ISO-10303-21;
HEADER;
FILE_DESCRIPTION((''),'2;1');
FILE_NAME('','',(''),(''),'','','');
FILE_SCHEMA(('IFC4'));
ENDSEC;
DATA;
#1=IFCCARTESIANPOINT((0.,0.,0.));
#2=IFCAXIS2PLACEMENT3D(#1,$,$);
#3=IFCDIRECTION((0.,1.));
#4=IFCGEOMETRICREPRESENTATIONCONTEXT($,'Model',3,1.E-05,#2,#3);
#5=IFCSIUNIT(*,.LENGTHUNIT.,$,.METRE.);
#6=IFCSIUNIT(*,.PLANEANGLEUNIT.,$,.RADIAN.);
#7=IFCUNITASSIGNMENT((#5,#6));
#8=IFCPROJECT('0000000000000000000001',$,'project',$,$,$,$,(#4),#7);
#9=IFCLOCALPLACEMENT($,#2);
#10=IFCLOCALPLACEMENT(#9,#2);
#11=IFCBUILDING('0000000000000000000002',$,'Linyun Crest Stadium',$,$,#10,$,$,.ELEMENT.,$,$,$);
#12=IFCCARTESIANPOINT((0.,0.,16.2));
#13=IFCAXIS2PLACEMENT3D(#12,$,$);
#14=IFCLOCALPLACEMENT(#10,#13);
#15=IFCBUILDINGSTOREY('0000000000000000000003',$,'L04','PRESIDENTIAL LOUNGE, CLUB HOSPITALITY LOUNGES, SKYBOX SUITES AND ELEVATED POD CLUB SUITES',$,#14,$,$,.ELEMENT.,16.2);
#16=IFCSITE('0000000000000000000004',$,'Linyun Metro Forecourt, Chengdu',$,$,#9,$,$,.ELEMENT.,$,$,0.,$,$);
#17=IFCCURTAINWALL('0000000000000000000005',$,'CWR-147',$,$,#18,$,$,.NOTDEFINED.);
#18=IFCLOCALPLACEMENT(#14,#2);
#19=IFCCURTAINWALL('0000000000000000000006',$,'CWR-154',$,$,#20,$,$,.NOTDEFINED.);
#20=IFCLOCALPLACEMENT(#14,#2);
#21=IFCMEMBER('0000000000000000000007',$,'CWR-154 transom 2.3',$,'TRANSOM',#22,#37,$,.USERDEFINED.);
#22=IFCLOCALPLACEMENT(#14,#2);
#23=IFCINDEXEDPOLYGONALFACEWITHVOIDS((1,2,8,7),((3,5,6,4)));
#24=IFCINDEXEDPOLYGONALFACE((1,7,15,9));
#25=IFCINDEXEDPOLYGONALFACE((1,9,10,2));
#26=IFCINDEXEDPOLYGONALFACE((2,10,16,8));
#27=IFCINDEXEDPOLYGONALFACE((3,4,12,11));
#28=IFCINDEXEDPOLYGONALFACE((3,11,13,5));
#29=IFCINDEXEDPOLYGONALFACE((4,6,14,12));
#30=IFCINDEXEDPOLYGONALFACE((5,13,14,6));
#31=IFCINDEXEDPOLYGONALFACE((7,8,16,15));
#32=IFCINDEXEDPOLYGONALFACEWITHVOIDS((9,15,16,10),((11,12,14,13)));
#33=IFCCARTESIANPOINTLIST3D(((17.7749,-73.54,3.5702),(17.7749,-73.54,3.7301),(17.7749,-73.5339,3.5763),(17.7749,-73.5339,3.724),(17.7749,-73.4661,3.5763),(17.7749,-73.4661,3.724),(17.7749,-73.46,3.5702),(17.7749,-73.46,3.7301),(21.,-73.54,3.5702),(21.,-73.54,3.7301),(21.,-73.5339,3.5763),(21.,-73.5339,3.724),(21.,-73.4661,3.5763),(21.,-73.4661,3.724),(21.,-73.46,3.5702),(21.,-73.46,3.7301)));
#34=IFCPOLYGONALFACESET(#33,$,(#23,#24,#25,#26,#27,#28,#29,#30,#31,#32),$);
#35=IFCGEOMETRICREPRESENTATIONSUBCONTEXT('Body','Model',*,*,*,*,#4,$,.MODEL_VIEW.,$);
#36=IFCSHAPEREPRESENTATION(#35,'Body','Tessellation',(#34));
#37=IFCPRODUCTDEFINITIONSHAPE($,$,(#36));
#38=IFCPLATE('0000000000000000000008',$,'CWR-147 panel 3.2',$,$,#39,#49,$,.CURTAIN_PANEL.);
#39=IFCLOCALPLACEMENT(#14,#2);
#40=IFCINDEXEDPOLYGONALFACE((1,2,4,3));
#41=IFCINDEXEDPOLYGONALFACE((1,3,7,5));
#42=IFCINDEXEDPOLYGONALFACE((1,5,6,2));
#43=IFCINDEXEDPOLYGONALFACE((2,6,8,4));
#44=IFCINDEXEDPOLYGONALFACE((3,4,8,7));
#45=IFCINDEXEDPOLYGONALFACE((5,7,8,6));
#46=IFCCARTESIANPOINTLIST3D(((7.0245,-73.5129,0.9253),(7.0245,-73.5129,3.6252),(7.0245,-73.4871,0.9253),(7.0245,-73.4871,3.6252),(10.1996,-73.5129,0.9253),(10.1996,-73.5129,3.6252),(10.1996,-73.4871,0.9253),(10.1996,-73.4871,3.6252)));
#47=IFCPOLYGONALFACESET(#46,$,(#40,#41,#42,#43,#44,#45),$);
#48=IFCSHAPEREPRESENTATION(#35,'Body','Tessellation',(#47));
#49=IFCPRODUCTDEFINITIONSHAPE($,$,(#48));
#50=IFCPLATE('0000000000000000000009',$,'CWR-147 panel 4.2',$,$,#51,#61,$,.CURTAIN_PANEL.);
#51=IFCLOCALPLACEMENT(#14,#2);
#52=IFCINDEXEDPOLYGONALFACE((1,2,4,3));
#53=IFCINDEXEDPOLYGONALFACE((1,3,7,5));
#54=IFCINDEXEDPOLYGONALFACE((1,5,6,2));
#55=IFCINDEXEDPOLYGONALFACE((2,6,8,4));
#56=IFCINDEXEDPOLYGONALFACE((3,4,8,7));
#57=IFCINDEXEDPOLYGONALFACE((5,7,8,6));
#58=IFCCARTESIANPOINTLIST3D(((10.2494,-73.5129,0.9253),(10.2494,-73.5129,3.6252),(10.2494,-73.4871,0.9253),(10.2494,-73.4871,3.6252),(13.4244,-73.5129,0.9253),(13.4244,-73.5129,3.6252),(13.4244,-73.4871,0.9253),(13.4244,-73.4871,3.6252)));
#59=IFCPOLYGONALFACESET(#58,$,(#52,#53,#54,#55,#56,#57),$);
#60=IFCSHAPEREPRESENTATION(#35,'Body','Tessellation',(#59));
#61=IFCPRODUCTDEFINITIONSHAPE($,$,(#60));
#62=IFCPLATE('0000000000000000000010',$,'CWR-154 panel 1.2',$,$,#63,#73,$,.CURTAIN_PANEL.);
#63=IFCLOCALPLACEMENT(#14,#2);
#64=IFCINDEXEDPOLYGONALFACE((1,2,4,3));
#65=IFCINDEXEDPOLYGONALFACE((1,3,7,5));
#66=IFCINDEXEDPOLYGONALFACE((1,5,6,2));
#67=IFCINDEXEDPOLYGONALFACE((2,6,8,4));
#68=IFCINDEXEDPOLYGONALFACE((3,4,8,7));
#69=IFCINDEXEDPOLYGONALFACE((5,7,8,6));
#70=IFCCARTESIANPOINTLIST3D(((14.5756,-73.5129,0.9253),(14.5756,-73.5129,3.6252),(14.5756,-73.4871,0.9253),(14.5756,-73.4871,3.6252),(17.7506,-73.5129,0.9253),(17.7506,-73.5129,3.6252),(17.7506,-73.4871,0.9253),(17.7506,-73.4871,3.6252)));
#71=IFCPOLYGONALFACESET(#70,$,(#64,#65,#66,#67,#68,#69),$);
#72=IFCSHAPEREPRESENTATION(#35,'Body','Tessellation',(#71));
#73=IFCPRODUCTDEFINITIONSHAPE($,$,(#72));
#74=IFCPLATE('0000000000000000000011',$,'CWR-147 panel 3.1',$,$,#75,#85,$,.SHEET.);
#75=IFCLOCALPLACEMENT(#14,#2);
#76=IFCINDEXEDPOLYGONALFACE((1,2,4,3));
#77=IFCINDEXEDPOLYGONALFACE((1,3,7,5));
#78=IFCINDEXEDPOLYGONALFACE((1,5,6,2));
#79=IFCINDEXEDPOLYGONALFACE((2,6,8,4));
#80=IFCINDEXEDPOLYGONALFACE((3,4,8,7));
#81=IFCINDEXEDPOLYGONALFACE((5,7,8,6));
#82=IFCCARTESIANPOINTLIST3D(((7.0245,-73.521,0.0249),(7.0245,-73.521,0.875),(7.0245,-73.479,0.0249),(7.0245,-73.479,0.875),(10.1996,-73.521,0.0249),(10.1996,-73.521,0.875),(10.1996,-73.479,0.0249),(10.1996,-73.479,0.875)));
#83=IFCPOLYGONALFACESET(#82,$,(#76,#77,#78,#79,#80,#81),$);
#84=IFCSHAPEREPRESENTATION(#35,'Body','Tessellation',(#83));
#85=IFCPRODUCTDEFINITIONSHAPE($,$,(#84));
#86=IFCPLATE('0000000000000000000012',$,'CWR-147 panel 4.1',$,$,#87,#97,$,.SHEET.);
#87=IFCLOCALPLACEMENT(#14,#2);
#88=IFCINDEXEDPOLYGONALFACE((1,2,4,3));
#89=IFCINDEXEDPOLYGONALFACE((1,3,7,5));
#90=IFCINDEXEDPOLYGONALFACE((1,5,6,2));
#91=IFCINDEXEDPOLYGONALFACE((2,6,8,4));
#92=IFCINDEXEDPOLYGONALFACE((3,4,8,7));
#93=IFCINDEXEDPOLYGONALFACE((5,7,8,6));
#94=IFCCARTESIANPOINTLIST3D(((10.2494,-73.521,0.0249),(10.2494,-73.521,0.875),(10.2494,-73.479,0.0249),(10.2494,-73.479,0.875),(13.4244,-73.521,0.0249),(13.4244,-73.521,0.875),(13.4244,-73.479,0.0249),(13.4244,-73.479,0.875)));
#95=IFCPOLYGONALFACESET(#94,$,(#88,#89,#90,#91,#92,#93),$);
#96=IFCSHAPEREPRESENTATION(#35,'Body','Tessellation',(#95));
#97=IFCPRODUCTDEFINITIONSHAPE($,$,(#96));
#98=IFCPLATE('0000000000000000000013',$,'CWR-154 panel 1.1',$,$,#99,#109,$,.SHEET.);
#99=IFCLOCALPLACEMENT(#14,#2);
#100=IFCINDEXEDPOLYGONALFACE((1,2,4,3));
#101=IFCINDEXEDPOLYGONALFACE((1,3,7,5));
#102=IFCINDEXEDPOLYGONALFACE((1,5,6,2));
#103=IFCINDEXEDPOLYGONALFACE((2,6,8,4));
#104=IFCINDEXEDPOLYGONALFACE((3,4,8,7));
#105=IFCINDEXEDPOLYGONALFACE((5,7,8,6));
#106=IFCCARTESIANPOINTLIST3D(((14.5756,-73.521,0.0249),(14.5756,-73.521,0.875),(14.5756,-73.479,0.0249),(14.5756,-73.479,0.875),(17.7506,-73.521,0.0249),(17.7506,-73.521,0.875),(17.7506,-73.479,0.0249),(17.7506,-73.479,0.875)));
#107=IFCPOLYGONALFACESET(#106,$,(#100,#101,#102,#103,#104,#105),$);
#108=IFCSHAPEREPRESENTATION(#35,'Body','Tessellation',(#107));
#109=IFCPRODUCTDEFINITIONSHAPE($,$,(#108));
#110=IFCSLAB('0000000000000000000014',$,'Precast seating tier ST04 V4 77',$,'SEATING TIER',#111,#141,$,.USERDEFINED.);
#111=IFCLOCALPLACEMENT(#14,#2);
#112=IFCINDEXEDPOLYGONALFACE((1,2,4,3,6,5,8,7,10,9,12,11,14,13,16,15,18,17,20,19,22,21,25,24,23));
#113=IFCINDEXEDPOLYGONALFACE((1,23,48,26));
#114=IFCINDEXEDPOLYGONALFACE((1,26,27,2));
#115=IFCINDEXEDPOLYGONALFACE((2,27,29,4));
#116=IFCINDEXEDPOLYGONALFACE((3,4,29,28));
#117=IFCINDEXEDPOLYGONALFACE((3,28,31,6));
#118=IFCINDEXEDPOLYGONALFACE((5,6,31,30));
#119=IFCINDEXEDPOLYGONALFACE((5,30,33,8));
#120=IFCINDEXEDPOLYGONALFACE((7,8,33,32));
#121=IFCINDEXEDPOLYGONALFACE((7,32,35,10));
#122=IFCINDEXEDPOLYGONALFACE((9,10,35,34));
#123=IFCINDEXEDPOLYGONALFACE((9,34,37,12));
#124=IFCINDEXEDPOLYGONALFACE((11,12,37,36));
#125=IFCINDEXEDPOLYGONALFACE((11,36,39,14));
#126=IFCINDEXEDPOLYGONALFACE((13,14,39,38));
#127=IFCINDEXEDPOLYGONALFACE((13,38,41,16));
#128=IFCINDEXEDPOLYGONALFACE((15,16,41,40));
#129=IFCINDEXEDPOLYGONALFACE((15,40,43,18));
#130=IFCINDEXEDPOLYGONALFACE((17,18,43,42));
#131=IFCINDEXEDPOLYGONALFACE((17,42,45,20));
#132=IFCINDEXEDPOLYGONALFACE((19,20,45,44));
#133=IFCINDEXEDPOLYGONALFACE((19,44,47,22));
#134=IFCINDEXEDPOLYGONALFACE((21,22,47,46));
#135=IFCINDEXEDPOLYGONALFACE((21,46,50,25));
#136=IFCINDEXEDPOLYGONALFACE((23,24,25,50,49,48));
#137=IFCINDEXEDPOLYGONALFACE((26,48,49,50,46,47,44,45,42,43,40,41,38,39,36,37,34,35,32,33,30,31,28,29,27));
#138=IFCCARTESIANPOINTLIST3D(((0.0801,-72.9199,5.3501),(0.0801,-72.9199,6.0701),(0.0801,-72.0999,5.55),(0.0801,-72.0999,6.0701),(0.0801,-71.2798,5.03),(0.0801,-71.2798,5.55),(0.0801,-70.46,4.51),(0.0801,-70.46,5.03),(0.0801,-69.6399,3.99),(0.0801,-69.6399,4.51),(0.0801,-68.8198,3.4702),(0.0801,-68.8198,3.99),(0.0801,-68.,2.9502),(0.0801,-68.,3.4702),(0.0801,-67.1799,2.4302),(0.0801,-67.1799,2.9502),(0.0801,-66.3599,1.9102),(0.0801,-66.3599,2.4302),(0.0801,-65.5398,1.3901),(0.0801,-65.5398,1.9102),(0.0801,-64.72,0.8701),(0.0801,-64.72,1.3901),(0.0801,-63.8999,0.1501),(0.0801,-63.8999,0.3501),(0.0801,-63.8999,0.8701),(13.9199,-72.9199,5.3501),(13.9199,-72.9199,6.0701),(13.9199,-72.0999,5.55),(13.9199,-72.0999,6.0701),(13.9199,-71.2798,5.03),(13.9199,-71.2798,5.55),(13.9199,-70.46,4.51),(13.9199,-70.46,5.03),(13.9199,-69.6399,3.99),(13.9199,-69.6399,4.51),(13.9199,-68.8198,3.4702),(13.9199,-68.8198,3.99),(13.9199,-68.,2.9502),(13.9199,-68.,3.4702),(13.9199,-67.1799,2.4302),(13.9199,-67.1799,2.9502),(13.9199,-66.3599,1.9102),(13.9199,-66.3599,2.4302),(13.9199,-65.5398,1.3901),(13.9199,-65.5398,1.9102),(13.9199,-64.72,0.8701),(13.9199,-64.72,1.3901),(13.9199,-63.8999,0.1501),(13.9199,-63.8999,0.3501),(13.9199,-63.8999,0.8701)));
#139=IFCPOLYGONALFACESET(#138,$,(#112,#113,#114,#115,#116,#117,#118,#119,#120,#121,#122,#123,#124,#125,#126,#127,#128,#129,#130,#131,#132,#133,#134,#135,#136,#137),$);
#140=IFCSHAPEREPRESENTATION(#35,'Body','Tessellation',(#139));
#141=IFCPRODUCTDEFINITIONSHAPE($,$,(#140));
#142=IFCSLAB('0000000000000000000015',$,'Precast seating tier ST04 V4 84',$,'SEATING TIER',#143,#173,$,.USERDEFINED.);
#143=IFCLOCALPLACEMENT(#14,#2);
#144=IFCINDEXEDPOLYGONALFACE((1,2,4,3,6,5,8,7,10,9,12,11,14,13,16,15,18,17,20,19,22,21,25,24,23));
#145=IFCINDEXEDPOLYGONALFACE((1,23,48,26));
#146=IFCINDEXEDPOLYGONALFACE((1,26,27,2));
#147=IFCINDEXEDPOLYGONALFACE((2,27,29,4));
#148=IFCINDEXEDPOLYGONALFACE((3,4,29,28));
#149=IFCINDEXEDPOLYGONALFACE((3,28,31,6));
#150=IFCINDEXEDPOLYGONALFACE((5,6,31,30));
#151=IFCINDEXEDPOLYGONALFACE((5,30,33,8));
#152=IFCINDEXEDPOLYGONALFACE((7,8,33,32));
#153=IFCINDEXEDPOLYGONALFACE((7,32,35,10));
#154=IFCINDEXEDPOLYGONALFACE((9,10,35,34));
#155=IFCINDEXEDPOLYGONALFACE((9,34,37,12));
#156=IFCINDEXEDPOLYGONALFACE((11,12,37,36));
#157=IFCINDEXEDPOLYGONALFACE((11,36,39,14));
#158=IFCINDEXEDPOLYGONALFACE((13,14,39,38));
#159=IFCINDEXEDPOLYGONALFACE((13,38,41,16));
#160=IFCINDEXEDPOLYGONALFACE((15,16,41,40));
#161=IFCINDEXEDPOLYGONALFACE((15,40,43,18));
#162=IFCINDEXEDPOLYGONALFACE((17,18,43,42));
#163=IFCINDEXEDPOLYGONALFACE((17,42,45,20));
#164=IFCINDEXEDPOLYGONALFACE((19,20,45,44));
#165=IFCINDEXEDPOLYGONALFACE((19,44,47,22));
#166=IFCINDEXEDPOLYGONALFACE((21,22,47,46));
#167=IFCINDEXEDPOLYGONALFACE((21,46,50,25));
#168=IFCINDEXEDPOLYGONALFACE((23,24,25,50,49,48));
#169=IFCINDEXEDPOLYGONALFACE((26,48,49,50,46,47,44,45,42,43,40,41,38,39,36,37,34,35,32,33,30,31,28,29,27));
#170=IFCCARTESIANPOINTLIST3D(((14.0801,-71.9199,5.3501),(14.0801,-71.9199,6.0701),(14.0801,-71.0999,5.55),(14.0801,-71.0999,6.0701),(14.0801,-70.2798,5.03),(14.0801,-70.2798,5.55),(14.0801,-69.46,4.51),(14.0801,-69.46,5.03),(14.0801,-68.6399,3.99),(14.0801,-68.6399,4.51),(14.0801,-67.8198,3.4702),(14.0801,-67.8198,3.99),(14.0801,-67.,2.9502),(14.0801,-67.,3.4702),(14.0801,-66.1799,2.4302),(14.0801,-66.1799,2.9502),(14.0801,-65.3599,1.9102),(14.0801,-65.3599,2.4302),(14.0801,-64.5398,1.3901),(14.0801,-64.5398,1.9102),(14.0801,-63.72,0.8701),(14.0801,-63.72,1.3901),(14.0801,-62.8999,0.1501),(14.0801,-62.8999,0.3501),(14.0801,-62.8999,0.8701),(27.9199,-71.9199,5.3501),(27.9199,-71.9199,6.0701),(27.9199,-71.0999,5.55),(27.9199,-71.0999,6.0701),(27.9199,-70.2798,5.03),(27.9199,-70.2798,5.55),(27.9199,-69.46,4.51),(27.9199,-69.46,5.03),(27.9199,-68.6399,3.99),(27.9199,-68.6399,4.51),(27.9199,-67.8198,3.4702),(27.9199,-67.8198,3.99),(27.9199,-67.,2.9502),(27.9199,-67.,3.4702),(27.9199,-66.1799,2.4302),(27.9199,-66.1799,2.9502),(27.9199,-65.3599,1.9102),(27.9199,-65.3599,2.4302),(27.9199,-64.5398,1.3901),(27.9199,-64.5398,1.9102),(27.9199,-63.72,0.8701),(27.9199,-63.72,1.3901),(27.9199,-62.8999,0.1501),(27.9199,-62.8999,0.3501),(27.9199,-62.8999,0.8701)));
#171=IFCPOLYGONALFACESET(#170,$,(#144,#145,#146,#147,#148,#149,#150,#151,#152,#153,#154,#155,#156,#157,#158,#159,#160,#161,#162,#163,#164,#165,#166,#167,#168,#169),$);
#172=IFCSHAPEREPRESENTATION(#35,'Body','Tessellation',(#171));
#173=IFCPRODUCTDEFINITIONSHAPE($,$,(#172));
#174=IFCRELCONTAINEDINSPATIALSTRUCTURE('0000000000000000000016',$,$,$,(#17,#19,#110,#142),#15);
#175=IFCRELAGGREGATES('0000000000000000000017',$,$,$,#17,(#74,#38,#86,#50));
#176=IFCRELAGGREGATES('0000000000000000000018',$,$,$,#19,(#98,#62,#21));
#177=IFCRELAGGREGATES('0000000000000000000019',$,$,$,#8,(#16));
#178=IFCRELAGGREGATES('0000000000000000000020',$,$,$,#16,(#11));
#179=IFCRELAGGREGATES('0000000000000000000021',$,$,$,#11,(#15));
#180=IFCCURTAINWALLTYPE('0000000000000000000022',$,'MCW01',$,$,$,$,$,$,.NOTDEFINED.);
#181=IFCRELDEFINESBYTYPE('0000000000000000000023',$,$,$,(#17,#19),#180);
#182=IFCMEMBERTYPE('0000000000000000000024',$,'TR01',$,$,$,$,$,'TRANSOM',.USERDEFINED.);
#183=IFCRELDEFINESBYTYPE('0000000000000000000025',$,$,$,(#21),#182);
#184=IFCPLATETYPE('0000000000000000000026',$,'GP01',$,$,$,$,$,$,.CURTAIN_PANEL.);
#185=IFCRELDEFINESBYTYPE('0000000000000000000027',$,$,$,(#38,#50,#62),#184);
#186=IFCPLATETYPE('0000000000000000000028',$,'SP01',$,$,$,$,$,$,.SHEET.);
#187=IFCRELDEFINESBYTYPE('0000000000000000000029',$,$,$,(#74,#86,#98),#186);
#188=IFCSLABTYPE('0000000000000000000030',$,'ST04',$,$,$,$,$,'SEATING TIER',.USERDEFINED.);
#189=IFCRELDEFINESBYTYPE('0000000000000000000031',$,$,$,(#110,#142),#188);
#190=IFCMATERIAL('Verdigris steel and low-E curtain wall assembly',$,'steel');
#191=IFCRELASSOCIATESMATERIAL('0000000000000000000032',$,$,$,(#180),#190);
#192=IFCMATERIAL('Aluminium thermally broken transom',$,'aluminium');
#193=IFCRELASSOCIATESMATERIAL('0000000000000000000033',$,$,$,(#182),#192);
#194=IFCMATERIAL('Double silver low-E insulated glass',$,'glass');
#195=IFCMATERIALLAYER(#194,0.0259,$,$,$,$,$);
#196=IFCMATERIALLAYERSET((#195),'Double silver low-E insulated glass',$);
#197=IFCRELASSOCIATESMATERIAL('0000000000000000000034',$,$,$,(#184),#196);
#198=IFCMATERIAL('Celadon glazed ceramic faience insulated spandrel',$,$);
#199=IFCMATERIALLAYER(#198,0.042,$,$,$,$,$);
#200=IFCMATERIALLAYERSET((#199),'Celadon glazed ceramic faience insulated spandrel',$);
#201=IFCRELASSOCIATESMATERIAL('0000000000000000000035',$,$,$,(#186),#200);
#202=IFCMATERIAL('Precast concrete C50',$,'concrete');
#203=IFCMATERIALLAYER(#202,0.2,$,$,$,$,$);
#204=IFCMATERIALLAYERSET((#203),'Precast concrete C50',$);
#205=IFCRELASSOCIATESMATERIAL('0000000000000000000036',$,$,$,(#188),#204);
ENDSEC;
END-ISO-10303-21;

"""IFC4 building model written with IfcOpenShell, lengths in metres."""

from ifc_helpers import new_model, si_unit, direction, frame, origin, origin_2d, place, context, subcontext, project, spatial, polyline, rectangle, hollow_rectangle, outline, extrude, material, layer, layer_set, material_profile, profile_set, type_object, element, aggregate, save


model = new_model("IFC4")

# Units and contexts
model_context = context("Model", 3, precision=1e-05, world=origin(), true_north=direction((0.0, 1.0)))
body_context = subcontext(model_context, "Body", "Model", "MODEL_VIEW")
ifc_project = project(units=[si_unit("LENGTHUNIT", "METRE"), si_unit("PLANEANGLEUNIT", "RADIAN")], contexts=[model_context])

# Site, building, storey
site_placement = place(None, origin())
site = spatial("IfcSite", under=ifc_project, at=site_placement, Name="Linyun Metro Forecourt, Chengdu", CompositionType="ELEMENT", RefElevation=0.0)
building_placement = place(site_placement, origin())
building = spatial("IfcBuilding", under=site, at=building_placement, Name="Linyun Crest Stadium", CompositionType="ELEMENT")
storey_placement = place(building_placement, frame((0.0, 0.0, 16.2)))
storey = spatial("IfcBuildingStorey", under=building, at=storey_placement, Name="L04", Description="PRESIDENTIAL LOUNGE, CLUB HOSPITALITY LOUNGES, SKYBOX SUITES AND ELEVATED POD CLUB SUITES", CompositionType="ELEMENT", Elevation=16.2)

# Curtain walls
ifc_material_1 = material(Name="Verdigris steel and low-E curtain wall assembly", Category="steel")
curtain_wall_type = type_object("IfcCurtainWallType", Name="MCW01", PredefinedType="NOTDEFINED", material=ifc_material_1)
curtain_wall_1_placement = place(storey_placement, origin())
curtain_wall_1 = element("IfcCurtainWall", 1, at=curtain_wall_1_placement, inside=storey, type_object=curtain_wall_type, Name="CWR-147", PredefinedType="NOTDEFINED")
curtain_wall_2_placement = place(storey_placement, origin())
curtain_wall_2 = element("IfcCurtainWall", 2, at=curtain_wall_2_placement, inside=storey, type_object=curtain_wall_type, Name="CWR-154", PredefinedType="NOTDEFINED")

# Member
ifc_material_2 = material(Name="Aluminium thermally broken transom", Category="aluminium")
ifc_material_profile_1 = material_profile(ifc_material_2, hollow_rectangle(XDim=0.0801, YDim=0.1599, WallThickness=0.0061, at=origin_2d()), Name="RHS 160x80x6")
ifc_profile_set_1 = profile_set([ifc_material_profile_1], Name="Aluminium thermally broken transom")
member_type_1 = type_object("IfcMemberType", Name="TR01", ElementType="TRANSOM", PredefinedType="USERDEFINED", material=ifc_profile_set_1)
member_1_placement = place(storey_placement, frame((17.7749, -73.5, 3.6501), z_axis=(1.0, 0.0, 0.0), x_axis=(0.0, 1.0, 0.0)))
member_1 = element("IfcMember", 3, at=member_1_placement, type_object=member_type_1, Name="CWR-154 transom 2.3", ObjectType="TRANSOM", PredefinedType="USERDEFINED", context=body_context, shape_type="SweptSolid", body=[
    extrude(hollow_rectangle(XDim=0.0801, YDim=0.1599, WallThickness=0.0061, at=origin_2d()), origin(), (0.0, 0.0, 1.0), 3.2251),
])

# Plates
ifc_material_3 = material(Name="Double silver low-E insulated glass", Category="glass")
ifc_layer_1 = layer(ifc_material_3, 0.0259)
ifc_layer_set_1 = layer_set([ifc_layer_1], Name="Double silver low-E insulated glass")
plate_type_1 = type_object("IfcPlateType", Name="GP01", PredefinedType="CURTAIN_PANEL", material=ifc_layer_set_1)
plate_1_placement = place(storey_placement, frame((8.6121, -73.5, 0.9253), z_axis=(0.0, 0.0, 1.0), x_axis=(1.0, 0.0, 0.0)))
plate_1 = element("IfcPlate", 4, at=plate_1_placement, type_object=plate_type_1, Name="CWR-147 panel 3.2", PredefinedType="CURTAIN_PANEL", context=body_context, shape_type="SweptSolid", body=[
    extrude(rectangle(XDim=3.175, YDim=0.0259, at=origin_2d()), origin(), (0.0, 0.0, 1.0), 2.7),
])
plate_2_placement = place(storey_placement, frame((11.8369, -73.5, 0.9253), z_axis=(0.0, 0.0, 1.0), x_axis=(1.0, 0.0, 0.0)))
plate_2 = element("IfcPlate", 5, at=plate_2_placement, type_object=plate_type_1, Name="CWR-147 panel 4.2", PredefinedType="CURTAIN_PANEL", context=body_context, shape_type="SweptSolid", body=[
    extrude(rectangle(XDim=3.175, YDim=0.0259, at=origin_2d()), origin(), (0.0, 0.0, 1.0), 2.7),
])
plate_3_placement = place(storey_placement, frame((16.1631, -73.5, 0.9253), z_axis=(0.0, 0.0, 1.0), x_axis=(1.0, 0.0, 0.0)))
plate_3 = element("IfcPlate", 6, at=plate_3_placement, type_object=plate_type_1, Name="CWR-154 panel 1.2", PredefinedType="CURTAIN_PANEL", context=body_context, shape_type="SweptSolid", body=[
    extrude(rectangle(XDim=3.175, YDim=0.0259, at=origin_2d()), origin(), (0.0, 0.0, 1.0), 2.7),
])
ifc_material_4 = material(Name="Celadon glazed ceramic faience insulated spandrel")
ifc_layer_2 = layer(ifc_material_4, 0.042)
ifc_layer_set_2 = layer_set([ifc_layer_2], Name="Celadon glazed ceramic faience insulated spandrel")
plate_type_2 = type_object("IfcPlateType", Name="SP01", PredefinedType="SHEET", material=ifc_layer_set_2)
plate_4_placement = place(storey_placement, frame((8.6121, -73.5, 0.0249), z_axis=(0.0, 0.0, 1.0), x_axis=(1.0, 0.0, 0.0)))
plate_4 = element("IfcPlate", 7, at=plate_4_placement, type_object=plate_type_2, Name="CWR-147 panel 3.1", PredefinedType="SHEET", context=body_context, shape_type="SweptSolid", body=[
    extrude(rectangle(XDim=3.175, YDim=0.042, at=origin_2d()), origin(), (0.0, 0.0, 1.0), 0.8501),
])
plate_5_placement = place(storey_placement, frame((11.8369, -73.5, 0.0249), z_axis=(0.0, 0.0, 1.0), x_axis=(1.0, 0.0, 0.0)))
plate_5 = element("IfcPlate", 8, at=plate_5_placement, type_object=plate_type_2, Name="CWR-147 panel 4.1", PredefinedType="SHEET", context=body_context, shape_type="SweptSolid", body=[
    extrude(rectangle(XDim=3.175, YDim=0.042, at=origin_2d()), origin(), (0.0, 0.0, 1.0), 0.8501),
])
aggregate(curtain_wall_1, [plate_4, plate_1, plate_5, plate_2])
plate_6_placement = place(storey_placement, frame((16.1631, -73.5, 0.0249), z_axis=(0.0, 0.0, 1.0), x_axis=(1.0, 0.0, 0.0)))
plate_6 = element("IfcPlate", 9, at=plate_6_placement, type_object=plate_type_2, Name="CWR-154 panel 1.1", PredefinedType="SHEET", context=body_context, shape_type="SweptSolid", body=[
    extrude(rectangle(XDim=3.175, YDim=0.042, at=origin_2d()), origin(), (0.0, 0.0, 1.0), 0.8501),
])
aggregate(curtain_wall_2, [plate_6, plate_3, member_1])

# Slabs
ifc_material_5 = material(Name="Precast concrete C50", Category="concrete")
ifc_layer_3 = layer(ifc_material_5, 0.2)
ifc_layer_set_3 = layer_set([ifc_layer_3], Name="Precast concrete C50")
slab_type = type_object("IfcSlabType", Name="ST04", ElementType="SEATING TIER", PredefinedType="USERDEFINED", material=ifc_layer_set_3)
for number, where, z_axis, x_axis, name in (
    (10, (0.0801, -63.8999, 0.3501), (0.0, 0.0, 1.0), (0.0, -1.0, 0.0), "Precast seating tier ST04 V4 77"),
    (11, (14.0801, -62.8999, 0.3501), (0.0, 0.0, 1.0), (0.0, -1.0, 0.0), "Precast seating tier ST04 V4 84"),
):
    element("IfcSlab", number, at=place(storey_placement, frame(where, z_axis=z_axis, x_axis=x_axis)), inside=storey, type_object=slab_type, Name=name, ObjectType="SEATING TIER", PredefinedType="USERDEFINED", context=body_context, shape_type="SweptSolid", body=[
        extrude(outline(polyline([(0.0, 0.0), (0.0, -0.52), (0.8201, -0.52), (0.8201, -1.04), (1.6399, -1.04), (1.6399, -1.5601), (2.46, -1.5601), (2.46, -2.0801), (3.28, -2.0801), (3.28, -2.6001), (4.1001, -2.6001), (4.1001, -3.1201), (4.9199, -3.1201), (4.9199, -3.6399), (5.74, -3.6399), (5.74, -4.1599), (6.5601, -4.1599), (6.5601, -4.6799), (7.3799, -4.6799), (7.3799, -5.2), (8.2, -5.2), (8.2, -5.72), (9.02, -5.72), (9.02, -5.0), (0.0, 0.2), (0.0, 0.0)])), frame((0.0, 0.0, 0.0), z_axis=(0.0, 1.0, 0.0), x_axis=(1.0, 0.0, 0.0)), (0.0, 0.0, 1.0), 13.8398),
    ])

save(model, "model.ifc")
